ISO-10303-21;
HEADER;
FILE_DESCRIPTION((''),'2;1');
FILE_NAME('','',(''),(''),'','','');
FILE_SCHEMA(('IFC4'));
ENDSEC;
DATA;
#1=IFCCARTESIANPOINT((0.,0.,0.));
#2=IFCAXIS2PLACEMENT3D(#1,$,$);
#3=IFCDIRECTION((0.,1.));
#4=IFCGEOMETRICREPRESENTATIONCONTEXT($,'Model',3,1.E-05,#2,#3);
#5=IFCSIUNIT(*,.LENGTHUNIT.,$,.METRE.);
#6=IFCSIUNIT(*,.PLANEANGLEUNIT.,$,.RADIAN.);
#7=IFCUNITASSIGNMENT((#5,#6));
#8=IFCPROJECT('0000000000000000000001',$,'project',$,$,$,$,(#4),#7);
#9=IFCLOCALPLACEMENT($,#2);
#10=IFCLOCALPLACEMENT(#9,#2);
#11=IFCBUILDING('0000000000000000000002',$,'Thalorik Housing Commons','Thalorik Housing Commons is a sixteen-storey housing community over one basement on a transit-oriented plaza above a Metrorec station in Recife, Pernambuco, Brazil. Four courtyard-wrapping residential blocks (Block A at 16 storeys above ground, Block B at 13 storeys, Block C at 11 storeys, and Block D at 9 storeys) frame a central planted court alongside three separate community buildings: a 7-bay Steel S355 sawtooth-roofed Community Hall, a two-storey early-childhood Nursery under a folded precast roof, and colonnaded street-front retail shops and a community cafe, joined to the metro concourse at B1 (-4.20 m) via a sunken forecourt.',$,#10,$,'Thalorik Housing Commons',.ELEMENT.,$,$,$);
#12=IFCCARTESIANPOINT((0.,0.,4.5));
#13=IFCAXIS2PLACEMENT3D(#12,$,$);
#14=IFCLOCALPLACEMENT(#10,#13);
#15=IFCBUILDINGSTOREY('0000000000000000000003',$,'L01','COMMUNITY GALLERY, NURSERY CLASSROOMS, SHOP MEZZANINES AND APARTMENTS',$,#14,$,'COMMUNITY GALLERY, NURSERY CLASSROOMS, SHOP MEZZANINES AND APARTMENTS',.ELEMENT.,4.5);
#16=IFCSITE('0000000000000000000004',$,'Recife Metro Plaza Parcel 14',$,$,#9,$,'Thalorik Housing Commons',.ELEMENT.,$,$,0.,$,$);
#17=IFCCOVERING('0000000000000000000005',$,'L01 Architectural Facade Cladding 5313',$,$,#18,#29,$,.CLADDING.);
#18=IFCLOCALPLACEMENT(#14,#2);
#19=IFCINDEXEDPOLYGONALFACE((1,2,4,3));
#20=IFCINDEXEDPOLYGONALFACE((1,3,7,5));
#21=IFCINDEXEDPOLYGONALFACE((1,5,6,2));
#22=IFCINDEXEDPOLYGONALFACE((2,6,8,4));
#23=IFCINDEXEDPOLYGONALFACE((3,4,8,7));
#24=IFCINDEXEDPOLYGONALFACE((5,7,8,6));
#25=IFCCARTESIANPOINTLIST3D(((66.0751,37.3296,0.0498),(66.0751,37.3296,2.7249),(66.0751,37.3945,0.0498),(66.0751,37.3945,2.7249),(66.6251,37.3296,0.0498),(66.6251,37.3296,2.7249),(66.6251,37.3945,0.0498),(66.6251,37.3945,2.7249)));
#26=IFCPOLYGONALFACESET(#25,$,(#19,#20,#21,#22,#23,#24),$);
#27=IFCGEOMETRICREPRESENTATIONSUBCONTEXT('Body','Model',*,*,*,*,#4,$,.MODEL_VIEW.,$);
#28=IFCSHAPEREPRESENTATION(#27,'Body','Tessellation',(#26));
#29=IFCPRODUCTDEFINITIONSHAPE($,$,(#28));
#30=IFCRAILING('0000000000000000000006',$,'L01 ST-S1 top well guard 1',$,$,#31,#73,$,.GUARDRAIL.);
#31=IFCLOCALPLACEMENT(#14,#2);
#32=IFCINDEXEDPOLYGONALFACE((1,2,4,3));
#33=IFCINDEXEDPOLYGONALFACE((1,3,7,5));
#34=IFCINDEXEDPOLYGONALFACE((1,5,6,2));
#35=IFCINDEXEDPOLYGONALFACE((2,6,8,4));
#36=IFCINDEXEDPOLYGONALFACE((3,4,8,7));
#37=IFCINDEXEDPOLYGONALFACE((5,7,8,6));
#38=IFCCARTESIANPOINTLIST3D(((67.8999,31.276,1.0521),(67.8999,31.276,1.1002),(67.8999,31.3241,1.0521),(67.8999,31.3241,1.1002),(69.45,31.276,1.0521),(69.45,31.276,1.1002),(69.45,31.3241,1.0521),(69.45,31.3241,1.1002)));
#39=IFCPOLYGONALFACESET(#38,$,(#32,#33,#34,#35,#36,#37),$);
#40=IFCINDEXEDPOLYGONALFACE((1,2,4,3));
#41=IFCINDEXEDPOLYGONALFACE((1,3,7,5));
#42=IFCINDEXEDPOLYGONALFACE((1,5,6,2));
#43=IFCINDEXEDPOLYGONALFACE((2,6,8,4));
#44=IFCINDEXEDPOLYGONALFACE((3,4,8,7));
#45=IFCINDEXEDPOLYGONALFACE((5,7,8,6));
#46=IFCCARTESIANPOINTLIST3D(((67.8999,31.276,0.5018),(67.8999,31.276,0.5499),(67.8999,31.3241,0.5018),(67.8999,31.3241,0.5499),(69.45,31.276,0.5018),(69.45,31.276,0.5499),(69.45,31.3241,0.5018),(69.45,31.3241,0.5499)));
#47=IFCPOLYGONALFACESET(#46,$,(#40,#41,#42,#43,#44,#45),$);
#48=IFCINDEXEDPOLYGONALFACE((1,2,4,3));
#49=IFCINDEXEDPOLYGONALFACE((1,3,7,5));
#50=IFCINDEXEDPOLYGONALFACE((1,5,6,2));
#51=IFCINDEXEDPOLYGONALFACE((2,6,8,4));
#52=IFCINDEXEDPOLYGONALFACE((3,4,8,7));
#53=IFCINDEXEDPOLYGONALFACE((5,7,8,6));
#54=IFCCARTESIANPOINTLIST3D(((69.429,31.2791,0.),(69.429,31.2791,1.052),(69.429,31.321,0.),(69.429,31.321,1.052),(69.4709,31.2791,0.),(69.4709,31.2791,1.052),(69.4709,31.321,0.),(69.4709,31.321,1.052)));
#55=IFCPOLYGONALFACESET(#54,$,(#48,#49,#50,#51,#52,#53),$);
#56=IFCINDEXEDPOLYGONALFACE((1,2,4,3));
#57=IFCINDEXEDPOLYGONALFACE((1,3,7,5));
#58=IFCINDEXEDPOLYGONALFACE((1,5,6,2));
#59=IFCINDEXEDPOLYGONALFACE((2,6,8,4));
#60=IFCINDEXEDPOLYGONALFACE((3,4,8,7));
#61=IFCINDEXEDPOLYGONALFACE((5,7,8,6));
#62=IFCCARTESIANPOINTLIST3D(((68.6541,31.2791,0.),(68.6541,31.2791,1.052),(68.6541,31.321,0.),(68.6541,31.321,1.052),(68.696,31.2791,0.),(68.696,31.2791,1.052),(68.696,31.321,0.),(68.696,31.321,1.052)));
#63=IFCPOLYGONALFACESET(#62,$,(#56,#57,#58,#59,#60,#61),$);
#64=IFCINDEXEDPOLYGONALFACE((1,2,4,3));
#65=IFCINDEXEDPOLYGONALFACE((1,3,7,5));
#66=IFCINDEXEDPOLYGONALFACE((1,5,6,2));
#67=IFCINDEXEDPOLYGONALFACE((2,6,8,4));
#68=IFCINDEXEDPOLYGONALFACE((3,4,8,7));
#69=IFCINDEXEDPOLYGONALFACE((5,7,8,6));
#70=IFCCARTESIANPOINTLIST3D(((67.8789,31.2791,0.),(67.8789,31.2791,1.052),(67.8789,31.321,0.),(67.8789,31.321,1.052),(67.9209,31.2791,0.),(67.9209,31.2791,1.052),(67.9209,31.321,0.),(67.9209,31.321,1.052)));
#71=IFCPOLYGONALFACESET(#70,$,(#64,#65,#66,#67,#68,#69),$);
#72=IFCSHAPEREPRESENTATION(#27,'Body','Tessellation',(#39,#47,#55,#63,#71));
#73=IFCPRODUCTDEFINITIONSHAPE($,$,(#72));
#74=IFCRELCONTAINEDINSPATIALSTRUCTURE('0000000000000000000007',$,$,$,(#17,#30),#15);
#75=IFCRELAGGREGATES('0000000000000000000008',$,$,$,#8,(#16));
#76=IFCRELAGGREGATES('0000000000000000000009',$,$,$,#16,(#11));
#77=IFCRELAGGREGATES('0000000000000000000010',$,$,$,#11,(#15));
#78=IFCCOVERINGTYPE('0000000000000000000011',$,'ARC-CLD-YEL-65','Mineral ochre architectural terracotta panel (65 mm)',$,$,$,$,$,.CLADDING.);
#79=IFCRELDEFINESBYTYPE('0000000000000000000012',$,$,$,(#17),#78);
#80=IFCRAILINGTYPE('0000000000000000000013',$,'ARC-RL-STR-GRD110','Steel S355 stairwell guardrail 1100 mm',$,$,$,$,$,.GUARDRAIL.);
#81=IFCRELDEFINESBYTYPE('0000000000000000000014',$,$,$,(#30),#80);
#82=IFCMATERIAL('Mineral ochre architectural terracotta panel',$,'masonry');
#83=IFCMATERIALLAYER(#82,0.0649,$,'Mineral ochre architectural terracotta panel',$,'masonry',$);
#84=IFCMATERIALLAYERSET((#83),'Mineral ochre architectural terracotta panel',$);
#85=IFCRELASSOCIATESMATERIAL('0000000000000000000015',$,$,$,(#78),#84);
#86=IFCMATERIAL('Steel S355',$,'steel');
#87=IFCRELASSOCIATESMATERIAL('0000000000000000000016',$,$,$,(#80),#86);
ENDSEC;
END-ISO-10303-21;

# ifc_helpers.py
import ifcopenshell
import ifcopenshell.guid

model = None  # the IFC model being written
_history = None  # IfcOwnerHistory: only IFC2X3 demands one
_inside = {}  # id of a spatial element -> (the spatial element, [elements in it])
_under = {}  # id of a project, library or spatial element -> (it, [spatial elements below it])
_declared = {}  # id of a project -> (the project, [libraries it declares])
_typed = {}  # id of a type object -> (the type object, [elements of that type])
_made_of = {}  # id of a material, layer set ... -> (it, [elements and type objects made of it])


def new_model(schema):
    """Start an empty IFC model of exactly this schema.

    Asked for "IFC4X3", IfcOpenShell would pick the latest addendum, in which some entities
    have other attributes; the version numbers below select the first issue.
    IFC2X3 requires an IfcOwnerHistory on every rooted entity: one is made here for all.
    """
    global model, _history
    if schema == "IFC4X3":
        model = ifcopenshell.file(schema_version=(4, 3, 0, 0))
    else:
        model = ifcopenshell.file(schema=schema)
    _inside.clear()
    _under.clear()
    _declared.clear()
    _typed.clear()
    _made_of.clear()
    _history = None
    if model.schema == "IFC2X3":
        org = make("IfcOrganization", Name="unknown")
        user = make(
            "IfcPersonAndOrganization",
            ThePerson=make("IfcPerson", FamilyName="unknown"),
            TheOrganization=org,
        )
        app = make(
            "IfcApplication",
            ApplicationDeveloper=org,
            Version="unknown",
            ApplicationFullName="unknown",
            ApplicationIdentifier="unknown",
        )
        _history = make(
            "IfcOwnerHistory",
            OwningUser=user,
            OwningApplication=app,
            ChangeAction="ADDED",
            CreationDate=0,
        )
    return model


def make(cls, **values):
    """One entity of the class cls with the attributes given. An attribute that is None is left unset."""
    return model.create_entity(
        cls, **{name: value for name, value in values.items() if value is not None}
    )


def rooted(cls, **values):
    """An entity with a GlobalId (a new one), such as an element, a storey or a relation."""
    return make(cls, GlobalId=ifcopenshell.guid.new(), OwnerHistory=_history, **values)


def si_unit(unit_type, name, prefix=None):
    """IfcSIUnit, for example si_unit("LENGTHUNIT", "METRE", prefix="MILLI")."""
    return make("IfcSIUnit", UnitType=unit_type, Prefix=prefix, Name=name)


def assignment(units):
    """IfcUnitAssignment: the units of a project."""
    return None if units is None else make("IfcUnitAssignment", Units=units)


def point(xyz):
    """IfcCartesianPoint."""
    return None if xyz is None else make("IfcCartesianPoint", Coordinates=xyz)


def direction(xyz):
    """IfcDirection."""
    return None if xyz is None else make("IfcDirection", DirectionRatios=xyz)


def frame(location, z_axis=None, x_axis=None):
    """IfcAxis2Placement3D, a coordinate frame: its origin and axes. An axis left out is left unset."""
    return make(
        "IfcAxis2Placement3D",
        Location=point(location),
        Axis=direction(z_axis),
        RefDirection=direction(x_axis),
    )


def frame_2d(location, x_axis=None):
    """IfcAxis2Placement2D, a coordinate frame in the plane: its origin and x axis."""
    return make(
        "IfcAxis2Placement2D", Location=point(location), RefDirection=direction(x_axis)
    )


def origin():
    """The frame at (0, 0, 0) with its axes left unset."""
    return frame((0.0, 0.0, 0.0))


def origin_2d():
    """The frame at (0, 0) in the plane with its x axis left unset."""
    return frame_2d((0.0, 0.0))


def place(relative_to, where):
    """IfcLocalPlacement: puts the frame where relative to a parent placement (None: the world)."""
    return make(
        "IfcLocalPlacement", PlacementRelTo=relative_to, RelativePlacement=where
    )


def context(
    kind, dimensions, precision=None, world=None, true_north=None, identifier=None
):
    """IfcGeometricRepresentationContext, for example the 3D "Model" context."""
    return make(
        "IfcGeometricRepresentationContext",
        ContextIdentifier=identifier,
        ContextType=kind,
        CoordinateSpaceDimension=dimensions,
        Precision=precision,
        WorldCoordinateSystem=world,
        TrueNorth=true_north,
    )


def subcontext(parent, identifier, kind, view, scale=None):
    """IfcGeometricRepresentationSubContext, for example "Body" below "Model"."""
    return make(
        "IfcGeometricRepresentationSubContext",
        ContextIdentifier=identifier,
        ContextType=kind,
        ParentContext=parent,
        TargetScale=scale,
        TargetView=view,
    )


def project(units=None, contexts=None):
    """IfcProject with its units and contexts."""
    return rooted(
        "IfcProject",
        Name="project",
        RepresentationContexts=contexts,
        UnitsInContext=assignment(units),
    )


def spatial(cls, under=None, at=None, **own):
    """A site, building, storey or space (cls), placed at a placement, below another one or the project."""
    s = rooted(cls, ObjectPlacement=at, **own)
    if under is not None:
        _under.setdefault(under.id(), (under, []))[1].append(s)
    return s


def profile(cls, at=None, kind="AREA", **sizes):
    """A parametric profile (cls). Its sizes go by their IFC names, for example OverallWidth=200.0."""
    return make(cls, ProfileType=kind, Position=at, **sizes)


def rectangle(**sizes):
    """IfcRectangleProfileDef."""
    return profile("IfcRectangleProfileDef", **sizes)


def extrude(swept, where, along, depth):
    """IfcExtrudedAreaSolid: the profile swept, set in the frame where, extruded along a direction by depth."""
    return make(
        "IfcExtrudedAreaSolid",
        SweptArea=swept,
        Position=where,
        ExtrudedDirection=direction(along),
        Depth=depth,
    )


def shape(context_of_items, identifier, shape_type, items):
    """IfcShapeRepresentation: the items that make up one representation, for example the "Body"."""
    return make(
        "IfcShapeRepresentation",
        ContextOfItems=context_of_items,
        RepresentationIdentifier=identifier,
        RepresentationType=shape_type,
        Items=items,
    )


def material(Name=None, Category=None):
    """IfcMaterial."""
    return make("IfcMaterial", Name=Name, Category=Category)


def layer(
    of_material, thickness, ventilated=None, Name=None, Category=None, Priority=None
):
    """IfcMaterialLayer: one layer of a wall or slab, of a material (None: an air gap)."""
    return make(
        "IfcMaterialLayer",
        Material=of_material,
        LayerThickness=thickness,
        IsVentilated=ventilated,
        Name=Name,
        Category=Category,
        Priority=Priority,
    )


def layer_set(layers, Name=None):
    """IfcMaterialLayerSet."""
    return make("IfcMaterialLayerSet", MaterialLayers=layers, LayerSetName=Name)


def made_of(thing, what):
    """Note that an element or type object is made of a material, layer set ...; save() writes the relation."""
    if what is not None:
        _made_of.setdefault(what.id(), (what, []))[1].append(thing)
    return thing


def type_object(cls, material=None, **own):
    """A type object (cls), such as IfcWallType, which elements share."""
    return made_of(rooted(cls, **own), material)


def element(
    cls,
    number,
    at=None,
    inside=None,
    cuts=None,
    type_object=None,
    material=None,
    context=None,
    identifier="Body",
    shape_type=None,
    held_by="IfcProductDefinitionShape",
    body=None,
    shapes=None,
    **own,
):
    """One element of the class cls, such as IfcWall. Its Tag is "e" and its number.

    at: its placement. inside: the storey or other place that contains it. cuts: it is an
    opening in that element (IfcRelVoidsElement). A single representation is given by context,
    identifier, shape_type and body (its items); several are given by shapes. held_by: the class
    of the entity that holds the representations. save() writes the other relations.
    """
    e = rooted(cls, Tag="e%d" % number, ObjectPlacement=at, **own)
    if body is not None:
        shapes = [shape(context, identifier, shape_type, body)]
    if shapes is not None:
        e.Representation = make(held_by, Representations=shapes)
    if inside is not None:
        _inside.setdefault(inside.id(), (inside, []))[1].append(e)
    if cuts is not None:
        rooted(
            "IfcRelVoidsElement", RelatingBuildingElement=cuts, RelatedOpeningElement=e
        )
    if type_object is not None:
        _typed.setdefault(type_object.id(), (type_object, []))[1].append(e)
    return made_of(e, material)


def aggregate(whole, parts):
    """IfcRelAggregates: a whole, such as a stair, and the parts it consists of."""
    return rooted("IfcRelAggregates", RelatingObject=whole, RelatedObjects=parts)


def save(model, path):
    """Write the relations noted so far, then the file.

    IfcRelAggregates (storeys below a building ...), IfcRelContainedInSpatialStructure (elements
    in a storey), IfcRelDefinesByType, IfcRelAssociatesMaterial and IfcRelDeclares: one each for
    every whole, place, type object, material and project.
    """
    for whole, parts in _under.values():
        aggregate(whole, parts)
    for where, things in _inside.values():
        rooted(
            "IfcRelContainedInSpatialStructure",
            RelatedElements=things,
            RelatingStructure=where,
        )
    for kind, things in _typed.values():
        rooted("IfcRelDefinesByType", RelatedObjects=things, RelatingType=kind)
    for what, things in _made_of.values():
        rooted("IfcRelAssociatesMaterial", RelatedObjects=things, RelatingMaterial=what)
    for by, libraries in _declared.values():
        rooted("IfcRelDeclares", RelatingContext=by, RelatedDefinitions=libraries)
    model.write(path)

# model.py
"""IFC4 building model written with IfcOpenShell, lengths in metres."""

from ifc_helpers import new_model, si_unit, direction, frame, origin, origin_2d, place, context, subcontext, project, spatial, rectangle, extrude, material, layer, layer_set, type_object, element, save


model = new_model("IFC4")

# Units and contexts
model_context = context("Model", 3, precision=1e-05, world=origin(), true_north=direction((0.0, 1.0)))
body_context = subcontext(model_context, "Body", "Model", "MODEL_VIEW")
ifc_project = project(units=[si_unit("LENGTHUNIT", "METRE"), si_unit("PLANEANGLEUNIT", "RADIAN")], contexts=[model_context])

# Site, building, storey
site_placement = place(None, origin())
site = spatial("IfcSite", under=ifc_project, at=site_placement, Name="Recife Metro Plaza Parcel 14", LongName="Thalorik Housing Commons", CompositionType="ELEMENT", RefElevation=0.0)
building_placement = place(site_placement, origin())
building = spatial("IfcBuilding", under=site, at=building_placement, Name="Thalorik Housing Commons", Description="Thalorik Housing Commons is a sixteen-storey housing community over one basement on a transit-oriented plaza above a Metrorec station in Recife, Pernambuco, Brazil. Four courtyard-wrapping residential blocks (Block A at 16 storeys above ground, Block B at 13 storeys, Block C at 11 storeys, and Block D at 9 storeys) frame a central planted court alongside three separate community buildings: a 7-bay Steel S355 sawtooth-roofed Community Hall, a two-storey early-childhood Nursery under a folded precast roof, and colonnaded street-front retail shops and a community cafe, joined to the metro concourse at B1 (-4.20 m) via a sunken forecourt.", LongName="Thalorik Housing Commons", CompositionType="ELEMENT")
storey_placement = place(building_placement, frame((0.0, 0.0, 4.5)))
storey = spatial("IfcBuildingStorey", under=building, at=storey_placement, Name="L01", Description="COMMUNITY GALLERY, NURSERY CLASSROOMS, SHOP MEZZANINES AND APARTMENTS", LongName="COMMUNITY GALLERY, NURSERY CLASSROOMS, SHOP MEZZANINES AND APARTMENTS", CompositionType="ELEMENT", Elevation=4.5)

# Shared definitions
ifc_material_1 = material(Name="Steel S355", Category="steel")

# Covering
ifc_material_2 = material(Name="Mineral ochre architectural terracotta panel", Category="masonry")
ifc_layer_1 = layer(ifc_material_2, 0.0649, Name="Mineral ochre architectural terracotta panel", Category="masonry")
ifc_layer_set_1 = layer_set([ifc_layer_1], Name="Mineral ochre architectural terracotta panel")
covering_type_1 = type_object("IfcCoveringType", Name="ARC-CLD-YEL-65", Description="Mineral ochre architectural terracotta panel (65 mm)", PredefinedType="CLADDING", material=ifc_layer_set_1)
covering_1_placement = place(storey_placement, frame((66.3501, 37.3621, 0.0498), z_axis=(0.0, 0.0, 1.0), x_axis=(-1.0, 0.0, 0.0)))
element("IfcCovering", 1, at=covering_1_placement, inside=storey, type_object=covering_type_1, Name="L01 Architectural Facade Cladding 5313", PredefinedType="CLADDING", context=body_context, shape_type="SweptSolid", body=[
    extrude(rectangle(XDim=0.55, YDim=0.0649, at=origin_2d()), origin(), (0.0, 0.0, 1.0), 2.675),
])

# Railing
railing_type = type_object("IfcRailingType", Name="ARC-RL-STR-GRD110", Description="Steel S355 stairwell guardrail 1100 mm", PredefinedType="GUARDRAIL", material=ifc_material_1)
railing_placement = place(storey_placement, frame((69.45, 31.3, 0.0)))
element("IfcRailing", 2, at=railing_placement, inside=storey, type_object=railing_type, Name="L01 ST-S1 top well guard 1", PredefinedType="GUARDRAIL", context=body_context, shape_type="SweptSolid", body=[
    extrude(rectangle(XDim=0.0481, YDim=0.0481, at=origin_2d()), frame((0.0, 0.0, 1.0762), z_axis=(-1.0, 0.0, 0.0), x_axis=(0.0, -1.0, 0.0)), (0.0, 0.0, 1.0), 1.55),
    extrude(rectangle(XDim=0.0481, YDim=0.0481, at=origin_2d()), frame((0.0, 0.0, 0.5259), z_axis=(-1.0, 0.0, 0.0), x_axis=(0.0, -1.0, 0.0)), (0.0, 0.0, 1.0), 1.55),
    extrude(rectangle(XDim=0.042, YDim=0.042, at=origin_2d()), origin(), (0.0, 0.0, 1.0), 1.052),
    extrude(rectangle(XDim=0.042, YDim=0.042, at=origin_2d()), frame((-0.7749, 0.0, 0.0)), (0.0, 0.0, 1.0), 1.052),
    extrude(rectangle(XDim=0.042, YDim=0.042, at=origin_2d()), frame((-1.55, 0.0, 0.0)), (0.0, 0.0, 1.0), 1.052),
])

save(model, "model.ifc")
